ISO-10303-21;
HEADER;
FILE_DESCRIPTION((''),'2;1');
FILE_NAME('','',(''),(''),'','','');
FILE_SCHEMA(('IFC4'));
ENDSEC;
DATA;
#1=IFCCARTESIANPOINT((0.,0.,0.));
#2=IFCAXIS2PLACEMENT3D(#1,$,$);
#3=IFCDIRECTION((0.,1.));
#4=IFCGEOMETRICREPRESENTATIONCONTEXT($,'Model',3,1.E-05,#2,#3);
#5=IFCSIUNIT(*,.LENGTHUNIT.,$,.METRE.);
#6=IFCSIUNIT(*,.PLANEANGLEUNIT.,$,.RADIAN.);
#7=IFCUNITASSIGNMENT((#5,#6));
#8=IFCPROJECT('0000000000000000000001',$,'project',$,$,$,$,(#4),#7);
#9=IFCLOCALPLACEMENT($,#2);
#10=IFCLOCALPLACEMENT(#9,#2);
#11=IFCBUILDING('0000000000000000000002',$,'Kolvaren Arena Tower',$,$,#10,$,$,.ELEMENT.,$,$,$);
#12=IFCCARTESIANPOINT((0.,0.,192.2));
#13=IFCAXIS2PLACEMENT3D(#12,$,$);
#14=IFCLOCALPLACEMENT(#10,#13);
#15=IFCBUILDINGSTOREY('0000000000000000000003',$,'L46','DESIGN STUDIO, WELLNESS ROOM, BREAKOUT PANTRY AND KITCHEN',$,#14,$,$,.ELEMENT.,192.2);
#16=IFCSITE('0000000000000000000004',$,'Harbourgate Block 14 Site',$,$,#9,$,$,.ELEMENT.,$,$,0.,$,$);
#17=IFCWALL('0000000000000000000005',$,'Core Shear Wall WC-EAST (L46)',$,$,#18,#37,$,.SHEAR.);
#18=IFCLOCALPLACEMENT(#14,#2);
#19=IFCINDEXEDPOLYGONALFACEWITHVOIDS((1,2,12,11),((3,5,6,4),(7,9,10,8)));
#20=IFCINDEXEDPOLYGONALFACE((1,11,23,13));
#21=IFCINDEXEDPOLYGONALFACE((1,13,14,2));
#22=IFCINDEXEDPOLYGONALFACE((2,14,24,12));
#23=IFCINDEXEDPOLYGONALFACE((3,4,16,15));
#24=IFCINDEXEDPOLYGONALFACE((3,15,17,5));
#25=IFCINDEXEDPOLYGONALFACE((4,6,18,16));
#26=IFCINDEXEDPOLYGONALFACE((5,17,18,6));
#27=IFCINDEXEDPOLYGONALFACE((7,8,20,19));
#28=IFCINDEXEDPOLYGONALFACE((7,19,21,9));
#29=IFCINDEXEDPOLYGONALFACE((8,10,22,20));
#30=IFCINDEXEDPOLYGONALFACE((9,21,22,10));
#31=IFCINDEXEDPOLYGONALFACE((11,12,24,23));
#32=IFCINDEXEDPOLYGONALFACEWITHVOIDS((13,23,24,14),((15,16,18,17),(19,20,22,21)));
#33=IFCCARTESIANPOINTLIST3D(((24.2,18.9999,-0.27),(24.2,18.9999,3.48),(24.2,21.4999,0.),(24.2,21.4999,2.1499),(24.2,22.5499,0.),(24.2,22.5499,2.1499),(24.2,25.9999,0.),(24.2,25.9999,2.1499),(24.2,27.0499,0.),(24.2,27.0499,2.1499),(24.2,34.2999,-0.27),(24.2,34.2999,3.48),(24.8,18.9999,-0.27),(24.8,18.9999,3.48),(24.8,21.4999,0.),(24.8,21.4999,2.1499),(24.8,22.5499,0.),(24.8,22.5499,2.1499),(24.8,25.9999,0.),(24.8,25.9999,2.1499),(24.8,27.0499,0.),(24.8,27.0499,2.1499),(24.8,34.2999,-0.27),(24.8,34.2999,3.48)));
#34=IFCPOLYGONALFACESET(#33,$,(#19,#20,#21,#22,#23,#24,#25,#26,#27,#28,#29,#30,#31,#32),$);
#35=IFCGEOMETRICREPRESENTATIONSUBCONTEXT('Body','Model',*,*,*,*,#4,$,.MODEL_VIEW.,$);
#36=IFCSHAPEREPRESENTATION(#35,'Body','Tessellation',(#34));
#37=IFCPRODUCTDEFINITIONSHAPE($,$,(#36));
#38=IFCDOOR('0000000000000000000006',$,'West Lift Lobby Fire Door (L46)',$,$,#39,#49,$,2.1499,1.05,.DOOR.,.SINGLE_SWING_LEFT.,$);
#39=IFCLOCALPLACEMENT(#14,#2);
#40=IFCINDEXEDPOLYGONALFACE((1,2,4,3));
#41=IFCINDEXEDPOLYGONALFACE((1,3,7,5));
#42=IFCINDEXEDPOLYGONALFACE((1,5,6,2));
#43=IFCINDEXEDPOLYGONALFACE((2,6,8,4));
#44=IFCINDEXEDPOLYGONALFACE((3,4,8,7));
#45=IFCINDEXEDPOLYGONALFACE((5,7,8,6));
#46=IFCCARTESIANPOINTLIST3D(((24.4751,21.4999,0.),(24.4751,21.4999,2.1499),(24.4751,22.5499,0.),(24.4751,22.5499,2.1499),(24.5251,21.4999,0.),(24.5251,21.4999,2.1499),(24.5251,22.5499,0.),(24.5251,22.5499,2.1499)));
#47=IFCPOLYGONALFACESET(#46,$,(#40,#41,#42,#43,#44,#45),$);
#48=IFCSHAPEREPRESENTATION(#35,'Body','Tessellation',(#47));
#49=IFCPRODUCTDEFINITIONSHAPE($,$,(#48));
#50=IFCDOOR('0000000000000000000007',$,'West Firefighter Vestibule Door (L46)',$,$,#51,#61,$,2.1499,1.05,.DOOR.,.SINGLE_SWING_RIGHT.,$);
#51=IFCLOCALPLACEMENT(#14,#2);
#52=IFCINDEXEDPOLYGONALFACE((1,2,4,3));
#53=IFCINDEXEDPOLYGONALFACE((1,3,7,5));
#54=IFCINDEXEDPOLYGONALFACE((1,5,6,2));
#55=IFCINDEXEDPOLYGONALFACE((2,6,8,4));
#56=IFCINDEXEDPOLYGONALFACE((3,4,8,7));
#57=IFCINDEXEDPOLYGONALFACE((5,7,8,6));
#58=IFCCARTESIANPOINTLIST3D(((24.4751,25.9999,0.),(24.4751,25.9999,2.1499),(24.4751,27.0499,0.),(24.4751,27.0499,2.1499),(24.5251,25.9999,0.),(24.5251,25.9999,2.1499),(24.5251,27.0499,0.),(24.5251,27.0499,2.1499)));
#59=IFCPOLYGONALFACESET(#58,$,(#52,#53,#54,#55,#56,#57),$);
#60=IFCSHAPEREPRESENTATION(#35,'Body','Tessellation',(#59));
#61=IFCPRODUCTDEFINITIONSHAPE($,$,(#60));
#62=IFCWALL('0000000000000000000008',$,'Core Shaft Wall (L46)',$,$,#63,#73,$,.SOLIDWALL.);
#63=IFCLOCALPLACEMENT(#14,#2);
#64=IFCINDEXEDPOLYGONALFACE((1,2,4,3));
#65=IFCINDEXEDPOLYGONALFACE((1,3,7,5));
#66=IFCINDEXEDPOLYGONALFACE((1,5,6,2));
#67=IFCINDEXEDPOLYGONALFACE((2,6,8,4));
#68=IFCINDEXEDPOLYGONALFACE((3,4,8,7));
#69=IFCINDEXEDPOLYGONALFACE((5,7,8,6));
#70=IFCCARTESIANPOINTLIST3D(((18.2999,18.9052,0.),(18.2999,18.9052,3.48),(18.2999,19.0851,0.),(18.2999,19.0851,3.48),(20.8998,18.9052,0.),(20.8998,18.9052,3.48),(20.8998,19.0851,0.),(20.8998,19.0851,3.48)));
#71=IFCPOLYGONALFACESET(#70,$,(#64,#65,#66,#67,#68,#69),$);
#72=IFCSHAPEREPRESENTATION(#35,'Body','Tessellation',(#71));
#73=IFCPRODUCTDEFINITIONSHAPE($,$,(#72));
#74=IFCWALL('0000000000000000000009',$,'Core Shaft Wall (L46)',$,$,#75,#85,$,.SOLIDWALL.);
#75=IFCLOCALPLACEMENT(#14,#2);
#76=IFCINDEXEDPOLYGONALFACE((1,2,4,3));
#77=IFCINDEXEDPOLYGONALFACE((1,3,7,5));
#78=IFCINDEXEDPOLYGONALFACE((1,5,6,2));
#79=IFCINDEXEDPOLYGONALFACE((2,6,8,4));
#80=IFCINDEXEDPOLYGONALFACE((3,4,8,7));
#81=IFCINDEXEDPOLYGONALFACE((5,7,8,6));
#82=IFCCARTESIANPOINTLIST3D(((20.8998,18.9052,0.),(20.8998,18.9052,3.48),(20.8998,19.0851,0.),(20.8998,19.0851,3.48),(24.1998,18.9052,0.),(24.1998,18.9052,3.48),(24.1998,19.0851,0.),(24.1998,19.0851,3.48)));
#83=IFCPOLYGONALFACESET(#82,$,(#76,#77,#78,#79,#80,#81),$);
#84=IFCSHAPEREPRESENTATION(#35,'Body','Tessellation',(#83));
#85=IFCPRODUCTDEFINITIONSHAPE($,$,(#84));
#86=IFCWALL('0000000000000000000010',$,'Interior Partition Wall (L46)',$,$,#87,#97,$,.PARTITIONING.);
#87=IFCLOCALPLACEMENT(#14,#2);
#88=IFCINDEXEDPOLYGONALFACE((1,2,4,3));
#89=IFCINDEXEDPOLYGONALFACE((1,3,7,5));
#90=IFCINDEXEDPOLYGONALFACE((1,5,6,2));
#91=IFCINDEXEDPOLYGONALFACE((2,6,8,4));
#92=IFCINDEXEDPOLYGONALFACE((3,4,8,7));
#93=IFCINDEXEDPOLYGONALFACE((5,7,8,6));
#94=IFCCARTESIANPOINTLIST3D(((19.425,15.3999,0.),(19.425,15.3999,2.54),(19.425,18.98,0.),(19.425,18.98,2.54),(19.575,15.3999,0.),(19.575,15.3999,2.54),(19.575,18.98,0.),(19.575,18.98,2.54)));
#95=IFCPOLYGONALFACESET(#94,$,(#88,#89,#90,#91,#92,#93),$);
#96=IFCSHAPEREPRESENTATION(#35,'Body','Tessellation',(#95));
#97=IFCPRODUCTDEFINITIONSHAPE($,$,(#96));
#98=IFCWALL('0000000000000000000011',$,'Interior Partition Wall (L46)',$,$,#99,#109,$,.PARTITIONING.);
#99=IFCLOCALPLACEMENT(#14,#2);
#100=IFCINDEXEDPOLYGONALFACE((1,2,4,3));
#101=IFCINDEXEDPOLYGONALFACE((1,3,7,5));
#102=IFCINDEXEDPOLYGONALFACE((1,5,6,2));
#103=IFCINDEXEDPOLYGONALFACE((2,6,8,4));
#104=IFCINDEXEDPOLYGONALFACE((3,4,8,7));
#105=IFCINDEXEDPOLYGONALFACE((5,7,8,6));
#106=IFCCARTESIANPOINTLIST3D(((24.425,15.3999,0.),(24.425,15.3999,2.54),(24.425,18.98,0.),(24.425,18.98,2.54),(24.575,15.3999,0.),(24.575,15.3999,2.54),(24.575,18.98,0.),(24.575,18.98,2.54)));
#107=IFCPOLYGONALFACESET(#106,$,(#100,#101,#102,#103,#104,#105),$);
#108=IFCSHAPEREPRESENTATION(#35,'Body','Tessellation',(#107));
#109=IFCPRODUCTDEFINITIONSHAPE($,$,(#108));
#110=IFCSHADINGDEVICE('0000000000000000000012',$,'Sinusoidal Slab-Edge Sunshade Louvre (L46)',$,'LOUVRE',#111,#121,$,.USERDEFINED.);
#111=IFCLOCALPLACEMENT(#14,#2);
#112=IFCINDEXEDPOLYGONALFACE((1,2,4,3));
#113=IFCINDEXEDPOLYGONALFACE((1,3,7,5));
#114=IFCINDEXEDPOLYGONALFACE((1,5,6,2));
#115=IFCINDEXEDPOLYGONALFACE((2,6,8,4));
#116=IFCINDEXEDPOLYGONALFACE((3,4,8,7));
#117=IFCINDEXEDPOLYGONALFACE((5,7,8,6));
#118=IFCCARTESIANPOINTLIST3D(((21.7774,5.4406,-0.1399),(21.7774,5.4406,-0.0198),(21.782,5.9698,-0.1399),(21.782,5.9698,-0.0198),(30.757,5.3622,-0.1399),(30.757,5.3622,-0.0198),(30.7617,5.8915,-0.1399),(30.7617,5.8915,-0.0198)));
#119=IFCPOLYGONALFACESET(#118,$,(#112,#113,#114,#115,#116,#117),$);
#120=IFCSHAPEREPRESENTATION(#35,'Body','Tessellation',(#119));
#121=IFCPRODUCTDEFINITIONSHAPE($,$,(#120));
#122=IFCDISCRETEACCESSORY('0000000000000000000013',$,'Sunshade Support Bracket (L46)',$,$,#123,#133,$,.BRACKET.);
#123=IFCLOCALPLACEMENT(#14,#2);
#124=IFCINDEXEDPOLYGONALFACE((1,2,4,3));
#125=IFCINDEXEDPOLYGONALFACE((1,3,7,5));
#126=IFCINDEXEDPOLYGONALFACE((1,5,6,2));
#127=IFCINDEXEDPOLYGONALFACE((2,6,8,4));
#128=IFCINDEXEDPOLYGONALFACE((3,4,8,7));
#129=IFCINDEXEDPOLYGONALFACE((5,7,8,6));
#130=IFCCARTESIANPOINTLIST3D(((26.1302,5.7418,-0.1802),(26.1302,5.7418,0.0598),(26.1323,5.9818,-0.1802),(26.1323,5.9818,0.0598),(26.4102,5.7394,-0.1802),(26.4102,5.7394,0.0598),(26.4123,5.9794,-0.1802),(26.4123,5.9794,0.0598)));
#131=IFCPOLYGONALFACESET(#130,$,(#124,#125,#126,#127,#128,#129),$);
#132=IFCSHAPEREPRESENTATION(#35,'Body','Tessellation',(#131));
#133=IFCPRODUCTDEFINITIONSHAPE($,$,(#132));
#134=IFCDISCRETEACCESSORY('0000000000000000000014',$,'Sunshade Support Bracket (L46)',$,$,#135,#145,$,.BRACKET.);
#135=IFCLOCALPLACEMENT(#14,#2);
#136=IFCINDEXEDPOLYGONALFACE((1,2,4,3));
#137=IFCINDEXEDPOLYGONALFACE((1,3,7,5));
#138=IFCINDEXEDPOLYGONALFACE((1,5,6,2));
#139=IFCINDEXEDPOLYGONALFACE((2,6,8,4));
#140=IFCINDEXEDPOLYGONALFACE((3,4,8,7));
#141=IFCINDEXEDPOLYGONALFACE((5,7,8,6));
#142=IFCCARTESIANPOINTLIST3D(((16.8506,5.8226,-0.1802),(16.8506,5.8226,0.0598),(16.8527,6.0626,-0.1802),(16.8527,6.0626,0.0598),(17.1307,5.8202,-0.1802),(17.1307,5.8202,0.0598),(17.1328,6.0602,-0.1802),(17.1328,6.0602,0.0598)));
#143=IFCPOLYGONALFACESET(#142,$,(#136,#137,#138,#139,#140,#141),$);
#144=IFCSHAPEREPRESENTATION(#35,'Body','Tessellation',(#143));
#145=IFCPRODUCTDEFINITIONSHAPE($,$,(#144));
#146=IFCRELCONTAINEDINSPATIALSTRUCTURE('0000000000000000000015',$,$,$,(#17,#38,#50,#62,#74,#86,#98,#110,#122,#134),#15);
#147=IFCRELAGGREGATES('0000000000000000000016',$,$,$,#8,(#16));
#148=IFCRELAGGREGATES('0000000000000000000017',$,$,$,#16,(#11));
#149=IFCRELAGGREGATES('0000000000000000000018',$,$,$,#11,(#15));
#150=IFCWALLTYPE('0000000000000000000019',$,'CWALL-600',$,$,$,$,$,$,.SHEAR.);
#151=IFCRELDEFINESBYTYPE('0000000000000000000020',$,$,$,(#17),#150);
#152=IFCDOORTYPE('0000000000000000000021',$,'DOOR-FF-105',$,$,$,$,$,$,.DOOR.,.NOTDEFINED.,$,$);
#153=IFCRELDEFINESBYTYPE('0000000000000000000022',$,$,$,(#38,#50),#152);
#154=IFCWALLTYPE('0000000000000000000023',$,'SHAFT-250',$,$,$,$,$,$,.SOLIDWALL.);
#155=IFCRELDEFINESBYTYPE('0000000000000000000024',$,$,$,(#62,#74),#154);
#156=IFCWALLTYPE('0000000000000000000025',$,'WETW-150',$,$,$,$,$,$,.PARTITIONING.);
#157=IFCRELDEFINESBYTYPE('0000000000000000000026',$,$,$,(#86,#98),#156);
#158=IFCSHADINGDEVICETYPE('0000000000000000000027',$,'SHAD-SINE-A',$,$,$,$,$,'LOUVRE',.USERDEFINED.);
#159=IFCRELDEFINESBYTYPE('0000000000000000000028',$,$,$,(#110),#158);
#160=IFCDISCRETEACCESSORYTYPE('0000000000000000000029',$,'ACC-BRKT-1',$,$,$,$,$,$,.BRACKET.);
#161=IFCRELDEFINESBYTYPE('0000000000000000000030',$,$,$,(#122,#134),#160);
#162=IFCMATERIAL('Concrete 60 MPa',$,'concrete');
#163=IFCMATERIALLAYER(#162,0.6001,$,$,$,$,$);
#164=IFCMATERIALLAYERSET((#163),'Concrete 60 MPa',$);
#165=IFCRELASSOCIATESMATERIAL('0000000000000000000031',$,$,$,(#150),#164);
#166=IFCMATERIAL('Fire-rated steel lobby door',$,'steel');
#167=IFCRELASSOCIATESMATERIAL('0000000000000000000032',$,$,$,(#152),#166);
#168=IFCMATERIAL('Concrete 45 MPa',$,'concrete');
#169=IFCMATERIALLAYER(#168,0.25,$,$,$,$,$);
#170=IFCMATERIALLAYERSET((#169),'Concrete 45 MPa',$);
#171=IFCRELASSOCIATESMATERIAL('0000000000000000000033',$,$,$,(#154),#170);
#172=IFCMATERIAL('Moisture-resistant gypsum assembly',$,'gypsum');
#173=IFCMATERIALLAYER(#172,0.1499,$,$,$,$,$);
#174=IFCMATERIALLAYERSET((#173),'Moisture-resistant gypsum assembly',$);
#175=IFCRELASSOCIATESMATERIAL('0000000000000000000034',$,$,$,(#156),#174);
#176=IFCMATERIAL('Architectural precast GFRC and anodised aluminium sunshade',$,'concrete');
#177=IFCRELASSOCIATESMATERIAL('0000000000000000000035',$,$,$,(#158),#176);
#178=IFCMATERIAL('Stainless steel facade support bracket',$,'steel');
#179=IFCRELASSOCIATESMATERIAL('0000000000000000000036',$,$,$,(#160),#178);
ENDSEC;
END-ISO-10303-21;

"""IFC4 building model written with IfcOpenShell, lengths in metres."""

from ifc_helpers import new_model, si_unit, direction, frame, frame_2d, origin, origin_2d, place, context, subcontext, project, spatial, rectangle, extrude, material, layer, layer_set, type_object, element, fill, save


model = new_model("IFC4")

# Units and contexts
model_context = context("Model", 3, precision=1e-05, world=origin(), true_north=direction((0.0, 1.0)))
body_context = subcontext(model_context, "Body", "Model", "MODEL_VIEW")
ifc_project = project(units=[si_unit("LENGTHUNIT", "METRE"), si_unit("PLANEANGLEUNIT", "RADIAN")], contexts=[model_context])

# Site, building, storey
site_placement = place(None, origin())
site = spatial("IfcSite", under=ifc_project, at=site_placement, Name="Harbourgate Block 14 Site", CompositionType="ELEMENT", RefElevation=0.0)
building_placement = place(site_placement, origin())
building = spatial("IfcBuilding", under=site, at=building_placement, Name="Kolvaren Arena Tower", CompositionType="ELEMENT")
storey_placement = place(building_placement, frame((0.0, 0.0, 192.2)))
storey = spatial("IfcBuildingStorey", under=building, at=storey_placement, Name="L46", Description="DESIGN STUDIO, WELLNESS ROOM, BREAKOUT PANTRY AND KITCHEN", CompositionType="ELEMENT", Elevation=192.2)

# Wall, openings, doors
ifc_material_1 = material(Name="Concrete 60 MPa", Category="concrete")
ifc_layer_1 = layer(ifc_material_1, 0.6001)
ifc_layer_set_1 = layer_set([ifc_layer_1], Name="Concrete 60 MPa")
wall_type_1 = type_object("IfcWallType", Name="CWALL-600", PredefinedType="SHEAR", material=ifc_layer_set_1)
wall_1_placement = place(storey_placement, frame((24.5, 19.0, -0.27), z_axis=(0.0, 0.0, 1.0), x_axis=(0.0, 1.0, 0.0)))
wall_1 = element("IfcWall", 1, at=wall_1_placement, inside=storey, type_object=wall_type_1, Name="Core Shear Wall WC-EAST (L46)", PredefinedType="SHEAR", context=body_context, shape_type="SweptSolid", body=[
    extrude(rectangle(XDim=15.3, YDim=0.6001, at=frame_2d((7.6499, 0.0))), origin(), (0.0, 0.0, 1.0), 3.75),
])
opening_1_placement = place(wall_1_placement, frame((2.5, 0.0, 0.27)))
opening_1 = element("IfcOpeningElement", 2, at=opening_1_placement, cuts=wall_1, PredefinedType="OPENING", context=body_context, shape_type="SweptSolid", body=[
    extrude(rectangle(XDim=1.05, YDim=2.1499, at=frame_2d((0.5249, 1.075))), frame((0.0, 0.3101, 0.0), z_axis=(0.0, -1.0, 0.0), x_axis=(1.0, 0.0, 0.0)), (0.0, 0.0, 1.0), 0.6201),
])
opening_2_placement = place(wall_1_placement, frame((7.0, 0.0, 0.27)))
opening_2 = element("IfcOpeningElement", 3, at=opening_2_placement, cuts=wall_1, PredefinedType="OPENING", context=body_context, shape_type="SweptSolid", body=[
    extrude(rectangle(XDim=1.05, YDim=2.1499, at=frame_2d((0.5249, 1.075))), frame((0.0, 0.3101, 0.0), z_axis=(0.0, -1.0, 0.0), x_axis=(1.0, 0.0, 0.0)), (0.0, 0.0, 1.0), 0.6201),
])
ifc_material_2 = material(Name="Fire-rated steel lobby door", Category="steel")
door_type_1 = type_object("IfcDoorType", Name="DOOR-FF-105", OperationType="NOTDEFINED", PredefinedType="DOOR", material=ifc_material_2)
door_1_placement = place(opening_1_placement, origin())
door_1 = element("IfcDoor", 4, at=door_1_placement, inside=storey, type_object=door_type_1, Name="West Lift Lobby Fire Door (L46)", OperationType="SINGLE_SWING_LEFT", OverallHeight=2.1499, OverallWidth=1.05, PredefinedType="DOOR", context=body_context, shape_type="SweptSolid", body=[
    extrude(rectangle(XDim=1.05, YDim=2.1499, at=frame_2d((0.5249, 1.075))), frame((0.0, 0.0249, 0.0), z_axis=(0.0, -1.0, 0.0), x_axis=(1.0, 0.0, 0.0)), (0.0, 0.0, 1.0), 0.05),
])
fill(opening_1, door_1)
door_2_placement = place(opening_2_placement, origin())
door_2 = element("IfcDoor", 5, at=door_2_placement, inside=storey, type_object=door_type_1, Name="West Firefighter Vestibule Door (L46)", OperationType="SINGLE_SWING_RIGHT", OverallHeight=2.1499, OverallWidth=1.05, PredefinedType="DOOR", context=body_context, shape_type="SweptSolid", body=[
    extrude(rectangle(XDim=1.05, YDim=2.1499, at=frame_2d((0.5249, 1.075))), frame((0.0, 0.0249, 0.0), z_axis=(0.0, -1.0, 0.0), x_axis=(1.0, 0.0, 0.0)), (0.0, 0.0, 1.0), 0.05),
])
fill(opening_2, door_2)

# Walls
ifc_material_3 = material(Name="Concrete 45 MPa", Category="concrete")
ifc_layer_2 = layer(ifc_material_3, 0.25)
ifc_layer_set_2 = layer_set([ifc_layer_2], Name="Concrete 45 MPa")
wall_type_2 = type_object("IfcWallType", Name="SHAFT-250", PredefinedType="SOLIDWALL", material=ifc_layer_set_2)
wall_2_placement = place(storey_placement, frame((18.3, 18.9951, 0.0), z_axis=(0.0, 0.0, 1.0), x_axis=(1.0, 0.0, 0.0)))
element("IfcWall", 6, at=wall_2_placement, inside=storey, type_object=wall_type_2, Name="Core Shaft Wall (L46)", PredefinedType="SOLIDWALL", context=body_context, shape_type="SweptSolid", body=[
    extrude(rectangle(XDim=2.5999, YDim=0.1799, at=frame_2d((1.2998, 0.0))), origin(), (0.0, 0.0, 1.0), 3.48),
])
wall_3_placement = place(storey_placement, frame((20.8999, 18.9951, 0.0), z_axis=(0.0, 0.0, 1.0), x_axis=(1.0, 0.0, 0.0)))
element("IfcWall", 7, at=wall_3_placement, inside=storey, type_object=wall_type_2, Name="Core Shaft Wall (L46)", PredefinedType="SOLIDWALL", context=body_context, shape_type="SweptSolid", body=[
    extrude(rectangle(XDim=3.3, YDim=0.1799, at=frame_2d((1.6499, 0.0))), origin(), (0.0, 0.0, 1.0), 3.48),
])
ifc_material_4 = material(Name="Moisture-resistant gypsum assembly", Category="gypsum")
ifc_layer_3 = layer(ifc_material_4, 0.1499)
ifc_layer_set_3 = layer_set([ifc_layer_3], Name="Moisture-resistant gypsum assembly")
wall_type_3 = type_object("IfcWallType", Name="WETW-150", PredefinedType="PARTITIONING", material=ifc_layer_set_3)
for number, where, z_axis, x_axis, name in (
    (8, (19.5, 15.3999, 0.0), (0.0, 0.0, 1.0), (0.0, 1.0, 0.0), "Interior Partition Wall (L46)"),
    (9, (24.5, 15.3999, 0.0), (0.0, 0.0, 1.0), (0.0, 1.0, 0.0), "Interior Partition Wall (L46)"),
):
    element("IfcWall", number, at=place(storey_placement, frame(where, z_axis=z_axis, x_axis=x_axis)), inside=storey, type_object=wall_type_3, Name=name, PredefinedType="PARTITIONING", context=body_context, shape_type="SweptSolid", body=[
        extrude(rectangle(XDim=3.5801, YDim=0.1499, at=frame_2d((1.79, 0.0))), origin(), (0.0, 0.0, 1.0), 2.54),
    ])

# Shading device
ifc_material_5 = material(Name="Architectural precast GFRC and anodised aluminium sunshade", Category="concrete")
shading_device_type = type_object("IfcShadingDeviceType", Name="SHAD-SINE-A", ElementType="LOUVRE", PredefinedType="USERDEFINED", material=ifc_material_5)
shading_device_placement = place(storey_placement, frame((26.2695, 5.666, -0.1399), z_axis=(0.0, 0.0, 1.0), x_axis=(-0.999962, 0.008727, 0.0)))
element("IfcShadingDevice", 10, at=shading_device_placement, inside=storey, type_object=shading_device_type, Name="Sinusoidal Slab-Edge Sunshade Louvre (L46)", ObjectType="LOUVRE", PredefinedType="USERDEFINED", context=body_context, shape_type="SweptSolid", body=[
    extrude(rectangle(XDim=8.98, YDim=0.5293, at=origin_2d()), origin(), (0.0, 0.0, 1.0), 0.1201),
])

# Discrete accessories
ifc_material_6 = material(Name="Stainless steel facade support bracket", Category="steel")
discrete_accessory_type = type_object("IfcDiscreteAccessoryType", Name="ACC-BRKT-1", PredefinedType="BRACKET", material=ifc_material_6)
for number, where, z_axis, x_axis, name in (
    (11, (26.2712, 5.8606, -0.1802), (0.0, 0.0, 1.0), (-0.999962, 0.008727, 0.0), "Sunshade Support Bracket (L46)"),
    (12, (16.9917, 5.9414, -0.1802), (0.0, 0.0, 1.0), (-0.999962, 0.008727, 0.0), "Sunshade Support Bracket (L46)"),
):
    element("IfcDiscreteAccessory", number, at=place(storey_placement, frame(where, z_axis=z_axis, x_axis=x_axis)), inside=storey, type_object=discrete_accessory_type, Name=name, PredefinedType="BRACKET", context=body_context, shape_type="SweptSolid", body=[
        extrude(rectangle(XDim=0.28, YDim=0.24, at=origin_2d()), origin(), (0.0, 0.0, 1.0), 0.24),
    ])

save(model, "model.ifc")
